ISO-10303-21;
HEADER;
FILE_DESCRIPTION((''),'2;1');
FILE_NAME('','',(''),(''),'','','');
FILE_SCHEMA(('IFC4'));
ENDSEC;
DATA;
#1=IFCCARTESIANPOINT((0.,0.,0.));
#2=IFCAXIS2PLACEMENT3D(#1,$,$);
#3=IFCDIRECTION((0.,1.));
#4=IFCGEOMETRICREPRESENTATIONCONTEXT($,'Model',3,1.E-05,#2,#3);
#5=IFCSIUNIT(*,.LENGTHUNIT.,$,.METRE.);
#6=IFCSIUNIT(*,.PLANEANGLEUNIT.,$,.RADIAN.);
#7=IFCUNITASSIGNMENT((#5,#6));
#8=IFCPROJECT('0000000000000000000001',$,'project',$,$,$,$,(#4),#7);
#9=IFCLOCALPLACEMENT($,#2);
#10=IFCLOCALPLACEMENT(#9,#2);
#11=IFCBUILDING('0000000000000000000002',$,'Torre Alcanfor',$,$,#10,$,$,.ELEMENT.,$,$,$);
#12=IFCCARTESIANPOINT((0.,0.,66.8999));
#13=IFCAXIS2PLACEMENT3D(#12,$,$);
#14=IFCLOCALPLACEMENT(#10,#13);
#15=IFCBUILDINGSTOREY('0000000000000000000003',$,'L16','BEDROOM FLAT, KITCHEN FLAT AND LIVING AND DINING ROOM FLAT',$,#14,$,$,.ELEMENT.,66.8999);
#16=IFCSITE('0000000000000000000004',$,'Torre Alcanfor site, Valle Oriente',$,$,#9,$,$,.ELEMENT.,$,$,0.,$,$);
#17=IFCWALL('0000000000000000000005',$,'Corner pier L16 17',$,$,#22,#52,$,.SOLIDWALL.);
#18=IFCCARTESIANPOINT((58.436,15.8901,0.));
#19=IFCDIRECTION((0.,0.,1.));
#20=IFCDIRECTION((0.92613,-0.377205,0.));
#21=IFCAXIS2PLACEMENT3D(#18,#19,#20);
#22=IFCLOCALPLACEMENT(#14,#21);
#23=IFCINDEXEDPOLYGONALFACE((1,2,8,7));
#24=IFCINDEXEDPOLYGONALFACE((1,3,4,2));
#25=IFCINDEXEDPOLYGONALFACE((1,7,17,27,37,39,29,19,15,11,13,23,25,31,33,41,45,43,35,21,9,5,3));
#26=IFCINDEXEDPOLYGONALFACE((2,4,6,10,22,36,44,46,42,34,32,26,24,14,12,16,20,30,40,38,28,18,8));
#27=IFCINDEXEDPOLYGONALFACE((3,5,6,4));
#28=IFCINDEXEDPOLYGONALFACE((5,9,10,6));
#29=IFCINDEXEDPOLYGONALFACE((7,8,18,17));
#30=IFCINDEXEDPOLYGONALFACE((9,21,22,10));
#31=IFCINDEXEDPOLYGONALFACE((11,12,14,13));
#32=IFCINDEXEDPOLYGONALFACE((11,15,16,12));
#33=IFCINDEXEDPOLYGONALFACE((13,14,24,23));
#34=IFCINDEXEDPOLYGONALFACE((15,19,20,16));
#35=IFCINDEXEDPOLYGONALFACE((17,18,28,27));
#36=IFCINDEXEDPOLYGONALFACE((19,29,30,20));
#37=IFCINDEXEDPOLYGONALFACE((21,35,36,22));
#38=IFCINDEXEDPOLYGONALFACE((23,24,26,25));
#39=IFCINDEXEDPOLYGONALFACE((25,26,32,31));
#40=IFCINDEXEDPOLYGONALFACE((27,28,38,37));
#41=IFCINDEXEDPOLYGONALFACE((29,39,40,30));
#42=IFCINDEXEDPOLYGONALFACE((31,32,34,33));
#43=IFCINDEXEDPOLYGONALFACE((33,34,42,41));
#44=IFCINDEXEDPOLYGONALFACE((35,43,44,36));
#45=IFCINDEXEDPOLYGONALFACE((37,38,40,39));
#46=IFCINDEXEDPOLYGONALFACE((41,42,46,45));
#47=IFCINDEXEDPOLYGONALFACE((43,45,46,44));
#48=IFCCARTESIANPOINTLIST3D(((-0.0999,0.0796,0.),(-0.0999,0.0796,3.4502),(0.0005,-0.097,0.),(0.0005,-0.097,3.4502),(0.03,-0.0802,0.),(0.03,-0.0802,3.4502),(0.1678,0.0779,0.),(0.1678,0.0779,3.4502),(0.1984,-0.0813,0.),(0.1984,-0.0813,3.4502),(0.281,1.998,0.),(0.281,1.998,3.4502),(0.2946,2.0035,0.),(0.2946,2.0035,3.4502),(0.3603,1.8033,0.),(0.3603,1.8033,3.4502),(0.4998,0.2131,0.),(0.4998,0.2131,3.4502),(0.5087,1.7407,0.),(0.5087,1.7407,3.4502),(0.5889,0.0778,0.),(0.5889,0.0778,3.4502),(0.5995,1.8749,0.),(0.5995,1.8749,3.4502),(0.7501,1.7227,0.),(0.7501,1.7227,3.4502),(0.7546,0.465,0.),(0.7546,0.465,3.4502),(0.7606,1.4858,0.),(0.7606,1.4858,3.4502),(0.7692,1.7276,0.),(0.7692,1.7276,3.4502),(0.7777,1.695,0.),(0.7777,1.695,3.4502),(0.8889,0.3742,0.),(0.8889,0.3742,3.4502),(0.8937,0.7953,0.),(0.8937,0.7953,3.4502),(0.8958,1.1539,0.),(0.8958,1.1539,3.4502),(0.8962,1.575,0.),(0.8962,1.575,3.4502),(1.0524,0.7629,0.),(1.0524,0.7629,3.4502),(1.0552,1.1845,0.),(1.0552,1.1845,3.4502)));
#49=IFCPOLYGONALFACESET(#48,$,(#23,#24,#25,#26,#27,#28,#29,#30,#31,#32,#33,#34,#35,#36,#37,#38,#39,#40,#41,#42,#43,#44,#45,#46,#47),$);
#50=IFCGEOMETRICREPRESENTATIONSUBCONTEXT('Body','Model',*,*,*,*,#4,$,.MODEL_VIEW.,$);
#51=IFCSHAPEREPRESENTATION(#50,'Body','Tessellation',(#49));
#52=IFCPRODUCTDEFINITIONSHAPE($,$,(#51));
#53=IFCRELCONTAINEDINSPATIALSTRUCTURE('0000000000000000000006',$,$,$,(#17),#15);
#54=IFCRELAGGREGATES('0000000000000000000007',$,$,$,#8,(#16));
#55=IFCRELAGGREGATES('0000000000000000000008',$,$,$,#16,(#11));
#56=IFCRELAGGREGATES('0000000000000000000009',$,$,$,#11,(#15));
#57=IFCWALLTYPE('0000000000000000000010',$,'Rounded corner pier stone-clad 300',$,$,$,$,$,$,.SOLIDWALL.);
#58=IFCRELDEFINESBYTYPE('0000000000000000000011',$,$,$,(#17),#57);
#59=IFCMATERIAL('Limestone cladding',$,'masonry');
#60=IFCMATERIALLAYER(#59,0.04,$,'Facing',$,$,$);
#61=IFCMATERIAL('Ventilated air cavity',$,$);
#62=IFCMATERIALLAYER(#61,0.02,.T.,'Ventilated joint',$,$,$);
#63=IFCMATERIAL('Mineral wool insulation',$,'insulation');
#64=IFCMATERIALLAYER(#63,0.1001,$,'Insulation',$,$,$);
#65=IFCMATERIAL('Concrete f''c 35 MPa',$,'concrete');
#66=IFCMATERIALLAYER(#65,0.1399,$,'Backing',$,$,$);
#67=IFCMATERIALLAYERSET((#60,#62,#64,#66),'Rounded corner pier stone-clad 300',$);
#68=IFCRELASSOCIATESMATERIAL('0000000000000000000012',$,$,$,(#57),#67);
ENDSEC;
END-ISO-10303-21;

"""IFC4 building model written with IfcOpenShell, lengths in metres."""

from ifc_helpers import new_model, si_unit, direction, frame, origin, place, context, subcontext, project, spatial, polyline, outline, extrude, material, layer, layer_set, type_object, element, save


model = new_model("IFC4")

# Units and contexts
model_context = context("Model", 3, precision=1e-05, world=origin(), true_north=direction((0.0, 1.0)))
body_context = subcontext(model_context, "Body", "Model", "MODEL_VIEW")
ifc_project = project(units=[si_unit("LENGTHUNIT", "METRE"), si_unit("PLANEANGLEUNIT", "RADIAN")], contexts=[model_context])

# Site, building, storey
site_placement = place(None, origin())
site = spatial("IfcSite", under=ifc_project, at=site_placement, Name="Torre Alcanfor site, Valle Oriente", CompositionType="ELEMENT", RefElevation=0.0)
building_placement = place(site_placement, origin())
building = spatial("IfcBuilding", under=site, at=building_placement, Name="Torre Alcanfor", CompositionType="ELEMENT")
storey_placement = place(building_placement, frame((0.0, 0.0, 66.8999)))
storey = spatial("IfcBuildingStorey", under=building, at=storey_placement, Name="L16", Description="BEDROOM FLAT, KITCHEN FLAT AND LIVING AND DINING ROOM FLAT", CompositionType="ELEMENT", Elevation=66.8999)

# Shared definitions
ifc_material_1 = material(Name="Limestone cladding", Category="masonry")
ifc_material_2 = material(Name="Ventilated air cavity")
ifc_material_3 = material(Name="Mineral wool insulation", Category="insulation")
ifc_material_4 = material(Name="Concrete f'c 35 MPa", Category="concrete")

# Wall
ifc_layer_1 = layer(ifc_material_1, 0.04, Name="Facing")
ifc_layer_2 = layer(ifc_material_2, 0.02, ventilated=True, Name="Ventilated joint")
ifc_layer_3 = layer(ifc_material_3, 0.1001, Name="Insulation")
ifc_layer_4 = layer(ifc_material_4, 0.1399, Name="Backing")
ifc_layer_set_1 = layer_set([ifc_layer_1, ifc_layer_2, ifc_layer_3, ifc_layer_4], Name="Rounded corner pier stone-clad 300")
wall_type_1 = type_object("IfcWallType", Name="Rounded corner pier stone-clad 300", PredefinedType="SOLIDWALL", material=ifc_layer_set_1)
wall_1_placement = place(storey_placement, frame((58.436, 15.8901, 0.0), z_axis=(0.0, 0.0, 1.0), x_axis=(0.92613, -0.377205, 0.0)))
element("IfcWall", 1, at=wall_1_placement, inside=storey, type_object=wall_type_1, Name="Corner pier L16 17", PredefinedType="SOLIDWALL", context=body_context, shape_type="SweptSolid", body=[
    extrude(outline(polyline([(0.7692, 1.7276), (0.7501, 1.7227), (0.5995, 1.8749), (0.2946, 2.0035), (0.281, 1.998), (0.3603, 1.8033), (0.5087, 1.7407), (0.7606, 1.4858), (0.8958, 1.1539), (0.8937, 0.7953), (0.7546, 0.465), (0.4998, 0.2131), (0.1678, 0.0779), (-0.0999, 0.0796), (0.0005, -0.097), (0.03, -0.0802), (0.1984, -0.0813), (0.5889, 0.0778), (0.8889, 0.3742), (1.0524, 0.7629), (1.0552, 1.1845), (0.8962, 1.575), (0.7777, 1.695), (0.7692, 1.7276)])), origin(), (0.0, 0.0, 1.0), 3.4502),
])

save(model, "model.ifc")
